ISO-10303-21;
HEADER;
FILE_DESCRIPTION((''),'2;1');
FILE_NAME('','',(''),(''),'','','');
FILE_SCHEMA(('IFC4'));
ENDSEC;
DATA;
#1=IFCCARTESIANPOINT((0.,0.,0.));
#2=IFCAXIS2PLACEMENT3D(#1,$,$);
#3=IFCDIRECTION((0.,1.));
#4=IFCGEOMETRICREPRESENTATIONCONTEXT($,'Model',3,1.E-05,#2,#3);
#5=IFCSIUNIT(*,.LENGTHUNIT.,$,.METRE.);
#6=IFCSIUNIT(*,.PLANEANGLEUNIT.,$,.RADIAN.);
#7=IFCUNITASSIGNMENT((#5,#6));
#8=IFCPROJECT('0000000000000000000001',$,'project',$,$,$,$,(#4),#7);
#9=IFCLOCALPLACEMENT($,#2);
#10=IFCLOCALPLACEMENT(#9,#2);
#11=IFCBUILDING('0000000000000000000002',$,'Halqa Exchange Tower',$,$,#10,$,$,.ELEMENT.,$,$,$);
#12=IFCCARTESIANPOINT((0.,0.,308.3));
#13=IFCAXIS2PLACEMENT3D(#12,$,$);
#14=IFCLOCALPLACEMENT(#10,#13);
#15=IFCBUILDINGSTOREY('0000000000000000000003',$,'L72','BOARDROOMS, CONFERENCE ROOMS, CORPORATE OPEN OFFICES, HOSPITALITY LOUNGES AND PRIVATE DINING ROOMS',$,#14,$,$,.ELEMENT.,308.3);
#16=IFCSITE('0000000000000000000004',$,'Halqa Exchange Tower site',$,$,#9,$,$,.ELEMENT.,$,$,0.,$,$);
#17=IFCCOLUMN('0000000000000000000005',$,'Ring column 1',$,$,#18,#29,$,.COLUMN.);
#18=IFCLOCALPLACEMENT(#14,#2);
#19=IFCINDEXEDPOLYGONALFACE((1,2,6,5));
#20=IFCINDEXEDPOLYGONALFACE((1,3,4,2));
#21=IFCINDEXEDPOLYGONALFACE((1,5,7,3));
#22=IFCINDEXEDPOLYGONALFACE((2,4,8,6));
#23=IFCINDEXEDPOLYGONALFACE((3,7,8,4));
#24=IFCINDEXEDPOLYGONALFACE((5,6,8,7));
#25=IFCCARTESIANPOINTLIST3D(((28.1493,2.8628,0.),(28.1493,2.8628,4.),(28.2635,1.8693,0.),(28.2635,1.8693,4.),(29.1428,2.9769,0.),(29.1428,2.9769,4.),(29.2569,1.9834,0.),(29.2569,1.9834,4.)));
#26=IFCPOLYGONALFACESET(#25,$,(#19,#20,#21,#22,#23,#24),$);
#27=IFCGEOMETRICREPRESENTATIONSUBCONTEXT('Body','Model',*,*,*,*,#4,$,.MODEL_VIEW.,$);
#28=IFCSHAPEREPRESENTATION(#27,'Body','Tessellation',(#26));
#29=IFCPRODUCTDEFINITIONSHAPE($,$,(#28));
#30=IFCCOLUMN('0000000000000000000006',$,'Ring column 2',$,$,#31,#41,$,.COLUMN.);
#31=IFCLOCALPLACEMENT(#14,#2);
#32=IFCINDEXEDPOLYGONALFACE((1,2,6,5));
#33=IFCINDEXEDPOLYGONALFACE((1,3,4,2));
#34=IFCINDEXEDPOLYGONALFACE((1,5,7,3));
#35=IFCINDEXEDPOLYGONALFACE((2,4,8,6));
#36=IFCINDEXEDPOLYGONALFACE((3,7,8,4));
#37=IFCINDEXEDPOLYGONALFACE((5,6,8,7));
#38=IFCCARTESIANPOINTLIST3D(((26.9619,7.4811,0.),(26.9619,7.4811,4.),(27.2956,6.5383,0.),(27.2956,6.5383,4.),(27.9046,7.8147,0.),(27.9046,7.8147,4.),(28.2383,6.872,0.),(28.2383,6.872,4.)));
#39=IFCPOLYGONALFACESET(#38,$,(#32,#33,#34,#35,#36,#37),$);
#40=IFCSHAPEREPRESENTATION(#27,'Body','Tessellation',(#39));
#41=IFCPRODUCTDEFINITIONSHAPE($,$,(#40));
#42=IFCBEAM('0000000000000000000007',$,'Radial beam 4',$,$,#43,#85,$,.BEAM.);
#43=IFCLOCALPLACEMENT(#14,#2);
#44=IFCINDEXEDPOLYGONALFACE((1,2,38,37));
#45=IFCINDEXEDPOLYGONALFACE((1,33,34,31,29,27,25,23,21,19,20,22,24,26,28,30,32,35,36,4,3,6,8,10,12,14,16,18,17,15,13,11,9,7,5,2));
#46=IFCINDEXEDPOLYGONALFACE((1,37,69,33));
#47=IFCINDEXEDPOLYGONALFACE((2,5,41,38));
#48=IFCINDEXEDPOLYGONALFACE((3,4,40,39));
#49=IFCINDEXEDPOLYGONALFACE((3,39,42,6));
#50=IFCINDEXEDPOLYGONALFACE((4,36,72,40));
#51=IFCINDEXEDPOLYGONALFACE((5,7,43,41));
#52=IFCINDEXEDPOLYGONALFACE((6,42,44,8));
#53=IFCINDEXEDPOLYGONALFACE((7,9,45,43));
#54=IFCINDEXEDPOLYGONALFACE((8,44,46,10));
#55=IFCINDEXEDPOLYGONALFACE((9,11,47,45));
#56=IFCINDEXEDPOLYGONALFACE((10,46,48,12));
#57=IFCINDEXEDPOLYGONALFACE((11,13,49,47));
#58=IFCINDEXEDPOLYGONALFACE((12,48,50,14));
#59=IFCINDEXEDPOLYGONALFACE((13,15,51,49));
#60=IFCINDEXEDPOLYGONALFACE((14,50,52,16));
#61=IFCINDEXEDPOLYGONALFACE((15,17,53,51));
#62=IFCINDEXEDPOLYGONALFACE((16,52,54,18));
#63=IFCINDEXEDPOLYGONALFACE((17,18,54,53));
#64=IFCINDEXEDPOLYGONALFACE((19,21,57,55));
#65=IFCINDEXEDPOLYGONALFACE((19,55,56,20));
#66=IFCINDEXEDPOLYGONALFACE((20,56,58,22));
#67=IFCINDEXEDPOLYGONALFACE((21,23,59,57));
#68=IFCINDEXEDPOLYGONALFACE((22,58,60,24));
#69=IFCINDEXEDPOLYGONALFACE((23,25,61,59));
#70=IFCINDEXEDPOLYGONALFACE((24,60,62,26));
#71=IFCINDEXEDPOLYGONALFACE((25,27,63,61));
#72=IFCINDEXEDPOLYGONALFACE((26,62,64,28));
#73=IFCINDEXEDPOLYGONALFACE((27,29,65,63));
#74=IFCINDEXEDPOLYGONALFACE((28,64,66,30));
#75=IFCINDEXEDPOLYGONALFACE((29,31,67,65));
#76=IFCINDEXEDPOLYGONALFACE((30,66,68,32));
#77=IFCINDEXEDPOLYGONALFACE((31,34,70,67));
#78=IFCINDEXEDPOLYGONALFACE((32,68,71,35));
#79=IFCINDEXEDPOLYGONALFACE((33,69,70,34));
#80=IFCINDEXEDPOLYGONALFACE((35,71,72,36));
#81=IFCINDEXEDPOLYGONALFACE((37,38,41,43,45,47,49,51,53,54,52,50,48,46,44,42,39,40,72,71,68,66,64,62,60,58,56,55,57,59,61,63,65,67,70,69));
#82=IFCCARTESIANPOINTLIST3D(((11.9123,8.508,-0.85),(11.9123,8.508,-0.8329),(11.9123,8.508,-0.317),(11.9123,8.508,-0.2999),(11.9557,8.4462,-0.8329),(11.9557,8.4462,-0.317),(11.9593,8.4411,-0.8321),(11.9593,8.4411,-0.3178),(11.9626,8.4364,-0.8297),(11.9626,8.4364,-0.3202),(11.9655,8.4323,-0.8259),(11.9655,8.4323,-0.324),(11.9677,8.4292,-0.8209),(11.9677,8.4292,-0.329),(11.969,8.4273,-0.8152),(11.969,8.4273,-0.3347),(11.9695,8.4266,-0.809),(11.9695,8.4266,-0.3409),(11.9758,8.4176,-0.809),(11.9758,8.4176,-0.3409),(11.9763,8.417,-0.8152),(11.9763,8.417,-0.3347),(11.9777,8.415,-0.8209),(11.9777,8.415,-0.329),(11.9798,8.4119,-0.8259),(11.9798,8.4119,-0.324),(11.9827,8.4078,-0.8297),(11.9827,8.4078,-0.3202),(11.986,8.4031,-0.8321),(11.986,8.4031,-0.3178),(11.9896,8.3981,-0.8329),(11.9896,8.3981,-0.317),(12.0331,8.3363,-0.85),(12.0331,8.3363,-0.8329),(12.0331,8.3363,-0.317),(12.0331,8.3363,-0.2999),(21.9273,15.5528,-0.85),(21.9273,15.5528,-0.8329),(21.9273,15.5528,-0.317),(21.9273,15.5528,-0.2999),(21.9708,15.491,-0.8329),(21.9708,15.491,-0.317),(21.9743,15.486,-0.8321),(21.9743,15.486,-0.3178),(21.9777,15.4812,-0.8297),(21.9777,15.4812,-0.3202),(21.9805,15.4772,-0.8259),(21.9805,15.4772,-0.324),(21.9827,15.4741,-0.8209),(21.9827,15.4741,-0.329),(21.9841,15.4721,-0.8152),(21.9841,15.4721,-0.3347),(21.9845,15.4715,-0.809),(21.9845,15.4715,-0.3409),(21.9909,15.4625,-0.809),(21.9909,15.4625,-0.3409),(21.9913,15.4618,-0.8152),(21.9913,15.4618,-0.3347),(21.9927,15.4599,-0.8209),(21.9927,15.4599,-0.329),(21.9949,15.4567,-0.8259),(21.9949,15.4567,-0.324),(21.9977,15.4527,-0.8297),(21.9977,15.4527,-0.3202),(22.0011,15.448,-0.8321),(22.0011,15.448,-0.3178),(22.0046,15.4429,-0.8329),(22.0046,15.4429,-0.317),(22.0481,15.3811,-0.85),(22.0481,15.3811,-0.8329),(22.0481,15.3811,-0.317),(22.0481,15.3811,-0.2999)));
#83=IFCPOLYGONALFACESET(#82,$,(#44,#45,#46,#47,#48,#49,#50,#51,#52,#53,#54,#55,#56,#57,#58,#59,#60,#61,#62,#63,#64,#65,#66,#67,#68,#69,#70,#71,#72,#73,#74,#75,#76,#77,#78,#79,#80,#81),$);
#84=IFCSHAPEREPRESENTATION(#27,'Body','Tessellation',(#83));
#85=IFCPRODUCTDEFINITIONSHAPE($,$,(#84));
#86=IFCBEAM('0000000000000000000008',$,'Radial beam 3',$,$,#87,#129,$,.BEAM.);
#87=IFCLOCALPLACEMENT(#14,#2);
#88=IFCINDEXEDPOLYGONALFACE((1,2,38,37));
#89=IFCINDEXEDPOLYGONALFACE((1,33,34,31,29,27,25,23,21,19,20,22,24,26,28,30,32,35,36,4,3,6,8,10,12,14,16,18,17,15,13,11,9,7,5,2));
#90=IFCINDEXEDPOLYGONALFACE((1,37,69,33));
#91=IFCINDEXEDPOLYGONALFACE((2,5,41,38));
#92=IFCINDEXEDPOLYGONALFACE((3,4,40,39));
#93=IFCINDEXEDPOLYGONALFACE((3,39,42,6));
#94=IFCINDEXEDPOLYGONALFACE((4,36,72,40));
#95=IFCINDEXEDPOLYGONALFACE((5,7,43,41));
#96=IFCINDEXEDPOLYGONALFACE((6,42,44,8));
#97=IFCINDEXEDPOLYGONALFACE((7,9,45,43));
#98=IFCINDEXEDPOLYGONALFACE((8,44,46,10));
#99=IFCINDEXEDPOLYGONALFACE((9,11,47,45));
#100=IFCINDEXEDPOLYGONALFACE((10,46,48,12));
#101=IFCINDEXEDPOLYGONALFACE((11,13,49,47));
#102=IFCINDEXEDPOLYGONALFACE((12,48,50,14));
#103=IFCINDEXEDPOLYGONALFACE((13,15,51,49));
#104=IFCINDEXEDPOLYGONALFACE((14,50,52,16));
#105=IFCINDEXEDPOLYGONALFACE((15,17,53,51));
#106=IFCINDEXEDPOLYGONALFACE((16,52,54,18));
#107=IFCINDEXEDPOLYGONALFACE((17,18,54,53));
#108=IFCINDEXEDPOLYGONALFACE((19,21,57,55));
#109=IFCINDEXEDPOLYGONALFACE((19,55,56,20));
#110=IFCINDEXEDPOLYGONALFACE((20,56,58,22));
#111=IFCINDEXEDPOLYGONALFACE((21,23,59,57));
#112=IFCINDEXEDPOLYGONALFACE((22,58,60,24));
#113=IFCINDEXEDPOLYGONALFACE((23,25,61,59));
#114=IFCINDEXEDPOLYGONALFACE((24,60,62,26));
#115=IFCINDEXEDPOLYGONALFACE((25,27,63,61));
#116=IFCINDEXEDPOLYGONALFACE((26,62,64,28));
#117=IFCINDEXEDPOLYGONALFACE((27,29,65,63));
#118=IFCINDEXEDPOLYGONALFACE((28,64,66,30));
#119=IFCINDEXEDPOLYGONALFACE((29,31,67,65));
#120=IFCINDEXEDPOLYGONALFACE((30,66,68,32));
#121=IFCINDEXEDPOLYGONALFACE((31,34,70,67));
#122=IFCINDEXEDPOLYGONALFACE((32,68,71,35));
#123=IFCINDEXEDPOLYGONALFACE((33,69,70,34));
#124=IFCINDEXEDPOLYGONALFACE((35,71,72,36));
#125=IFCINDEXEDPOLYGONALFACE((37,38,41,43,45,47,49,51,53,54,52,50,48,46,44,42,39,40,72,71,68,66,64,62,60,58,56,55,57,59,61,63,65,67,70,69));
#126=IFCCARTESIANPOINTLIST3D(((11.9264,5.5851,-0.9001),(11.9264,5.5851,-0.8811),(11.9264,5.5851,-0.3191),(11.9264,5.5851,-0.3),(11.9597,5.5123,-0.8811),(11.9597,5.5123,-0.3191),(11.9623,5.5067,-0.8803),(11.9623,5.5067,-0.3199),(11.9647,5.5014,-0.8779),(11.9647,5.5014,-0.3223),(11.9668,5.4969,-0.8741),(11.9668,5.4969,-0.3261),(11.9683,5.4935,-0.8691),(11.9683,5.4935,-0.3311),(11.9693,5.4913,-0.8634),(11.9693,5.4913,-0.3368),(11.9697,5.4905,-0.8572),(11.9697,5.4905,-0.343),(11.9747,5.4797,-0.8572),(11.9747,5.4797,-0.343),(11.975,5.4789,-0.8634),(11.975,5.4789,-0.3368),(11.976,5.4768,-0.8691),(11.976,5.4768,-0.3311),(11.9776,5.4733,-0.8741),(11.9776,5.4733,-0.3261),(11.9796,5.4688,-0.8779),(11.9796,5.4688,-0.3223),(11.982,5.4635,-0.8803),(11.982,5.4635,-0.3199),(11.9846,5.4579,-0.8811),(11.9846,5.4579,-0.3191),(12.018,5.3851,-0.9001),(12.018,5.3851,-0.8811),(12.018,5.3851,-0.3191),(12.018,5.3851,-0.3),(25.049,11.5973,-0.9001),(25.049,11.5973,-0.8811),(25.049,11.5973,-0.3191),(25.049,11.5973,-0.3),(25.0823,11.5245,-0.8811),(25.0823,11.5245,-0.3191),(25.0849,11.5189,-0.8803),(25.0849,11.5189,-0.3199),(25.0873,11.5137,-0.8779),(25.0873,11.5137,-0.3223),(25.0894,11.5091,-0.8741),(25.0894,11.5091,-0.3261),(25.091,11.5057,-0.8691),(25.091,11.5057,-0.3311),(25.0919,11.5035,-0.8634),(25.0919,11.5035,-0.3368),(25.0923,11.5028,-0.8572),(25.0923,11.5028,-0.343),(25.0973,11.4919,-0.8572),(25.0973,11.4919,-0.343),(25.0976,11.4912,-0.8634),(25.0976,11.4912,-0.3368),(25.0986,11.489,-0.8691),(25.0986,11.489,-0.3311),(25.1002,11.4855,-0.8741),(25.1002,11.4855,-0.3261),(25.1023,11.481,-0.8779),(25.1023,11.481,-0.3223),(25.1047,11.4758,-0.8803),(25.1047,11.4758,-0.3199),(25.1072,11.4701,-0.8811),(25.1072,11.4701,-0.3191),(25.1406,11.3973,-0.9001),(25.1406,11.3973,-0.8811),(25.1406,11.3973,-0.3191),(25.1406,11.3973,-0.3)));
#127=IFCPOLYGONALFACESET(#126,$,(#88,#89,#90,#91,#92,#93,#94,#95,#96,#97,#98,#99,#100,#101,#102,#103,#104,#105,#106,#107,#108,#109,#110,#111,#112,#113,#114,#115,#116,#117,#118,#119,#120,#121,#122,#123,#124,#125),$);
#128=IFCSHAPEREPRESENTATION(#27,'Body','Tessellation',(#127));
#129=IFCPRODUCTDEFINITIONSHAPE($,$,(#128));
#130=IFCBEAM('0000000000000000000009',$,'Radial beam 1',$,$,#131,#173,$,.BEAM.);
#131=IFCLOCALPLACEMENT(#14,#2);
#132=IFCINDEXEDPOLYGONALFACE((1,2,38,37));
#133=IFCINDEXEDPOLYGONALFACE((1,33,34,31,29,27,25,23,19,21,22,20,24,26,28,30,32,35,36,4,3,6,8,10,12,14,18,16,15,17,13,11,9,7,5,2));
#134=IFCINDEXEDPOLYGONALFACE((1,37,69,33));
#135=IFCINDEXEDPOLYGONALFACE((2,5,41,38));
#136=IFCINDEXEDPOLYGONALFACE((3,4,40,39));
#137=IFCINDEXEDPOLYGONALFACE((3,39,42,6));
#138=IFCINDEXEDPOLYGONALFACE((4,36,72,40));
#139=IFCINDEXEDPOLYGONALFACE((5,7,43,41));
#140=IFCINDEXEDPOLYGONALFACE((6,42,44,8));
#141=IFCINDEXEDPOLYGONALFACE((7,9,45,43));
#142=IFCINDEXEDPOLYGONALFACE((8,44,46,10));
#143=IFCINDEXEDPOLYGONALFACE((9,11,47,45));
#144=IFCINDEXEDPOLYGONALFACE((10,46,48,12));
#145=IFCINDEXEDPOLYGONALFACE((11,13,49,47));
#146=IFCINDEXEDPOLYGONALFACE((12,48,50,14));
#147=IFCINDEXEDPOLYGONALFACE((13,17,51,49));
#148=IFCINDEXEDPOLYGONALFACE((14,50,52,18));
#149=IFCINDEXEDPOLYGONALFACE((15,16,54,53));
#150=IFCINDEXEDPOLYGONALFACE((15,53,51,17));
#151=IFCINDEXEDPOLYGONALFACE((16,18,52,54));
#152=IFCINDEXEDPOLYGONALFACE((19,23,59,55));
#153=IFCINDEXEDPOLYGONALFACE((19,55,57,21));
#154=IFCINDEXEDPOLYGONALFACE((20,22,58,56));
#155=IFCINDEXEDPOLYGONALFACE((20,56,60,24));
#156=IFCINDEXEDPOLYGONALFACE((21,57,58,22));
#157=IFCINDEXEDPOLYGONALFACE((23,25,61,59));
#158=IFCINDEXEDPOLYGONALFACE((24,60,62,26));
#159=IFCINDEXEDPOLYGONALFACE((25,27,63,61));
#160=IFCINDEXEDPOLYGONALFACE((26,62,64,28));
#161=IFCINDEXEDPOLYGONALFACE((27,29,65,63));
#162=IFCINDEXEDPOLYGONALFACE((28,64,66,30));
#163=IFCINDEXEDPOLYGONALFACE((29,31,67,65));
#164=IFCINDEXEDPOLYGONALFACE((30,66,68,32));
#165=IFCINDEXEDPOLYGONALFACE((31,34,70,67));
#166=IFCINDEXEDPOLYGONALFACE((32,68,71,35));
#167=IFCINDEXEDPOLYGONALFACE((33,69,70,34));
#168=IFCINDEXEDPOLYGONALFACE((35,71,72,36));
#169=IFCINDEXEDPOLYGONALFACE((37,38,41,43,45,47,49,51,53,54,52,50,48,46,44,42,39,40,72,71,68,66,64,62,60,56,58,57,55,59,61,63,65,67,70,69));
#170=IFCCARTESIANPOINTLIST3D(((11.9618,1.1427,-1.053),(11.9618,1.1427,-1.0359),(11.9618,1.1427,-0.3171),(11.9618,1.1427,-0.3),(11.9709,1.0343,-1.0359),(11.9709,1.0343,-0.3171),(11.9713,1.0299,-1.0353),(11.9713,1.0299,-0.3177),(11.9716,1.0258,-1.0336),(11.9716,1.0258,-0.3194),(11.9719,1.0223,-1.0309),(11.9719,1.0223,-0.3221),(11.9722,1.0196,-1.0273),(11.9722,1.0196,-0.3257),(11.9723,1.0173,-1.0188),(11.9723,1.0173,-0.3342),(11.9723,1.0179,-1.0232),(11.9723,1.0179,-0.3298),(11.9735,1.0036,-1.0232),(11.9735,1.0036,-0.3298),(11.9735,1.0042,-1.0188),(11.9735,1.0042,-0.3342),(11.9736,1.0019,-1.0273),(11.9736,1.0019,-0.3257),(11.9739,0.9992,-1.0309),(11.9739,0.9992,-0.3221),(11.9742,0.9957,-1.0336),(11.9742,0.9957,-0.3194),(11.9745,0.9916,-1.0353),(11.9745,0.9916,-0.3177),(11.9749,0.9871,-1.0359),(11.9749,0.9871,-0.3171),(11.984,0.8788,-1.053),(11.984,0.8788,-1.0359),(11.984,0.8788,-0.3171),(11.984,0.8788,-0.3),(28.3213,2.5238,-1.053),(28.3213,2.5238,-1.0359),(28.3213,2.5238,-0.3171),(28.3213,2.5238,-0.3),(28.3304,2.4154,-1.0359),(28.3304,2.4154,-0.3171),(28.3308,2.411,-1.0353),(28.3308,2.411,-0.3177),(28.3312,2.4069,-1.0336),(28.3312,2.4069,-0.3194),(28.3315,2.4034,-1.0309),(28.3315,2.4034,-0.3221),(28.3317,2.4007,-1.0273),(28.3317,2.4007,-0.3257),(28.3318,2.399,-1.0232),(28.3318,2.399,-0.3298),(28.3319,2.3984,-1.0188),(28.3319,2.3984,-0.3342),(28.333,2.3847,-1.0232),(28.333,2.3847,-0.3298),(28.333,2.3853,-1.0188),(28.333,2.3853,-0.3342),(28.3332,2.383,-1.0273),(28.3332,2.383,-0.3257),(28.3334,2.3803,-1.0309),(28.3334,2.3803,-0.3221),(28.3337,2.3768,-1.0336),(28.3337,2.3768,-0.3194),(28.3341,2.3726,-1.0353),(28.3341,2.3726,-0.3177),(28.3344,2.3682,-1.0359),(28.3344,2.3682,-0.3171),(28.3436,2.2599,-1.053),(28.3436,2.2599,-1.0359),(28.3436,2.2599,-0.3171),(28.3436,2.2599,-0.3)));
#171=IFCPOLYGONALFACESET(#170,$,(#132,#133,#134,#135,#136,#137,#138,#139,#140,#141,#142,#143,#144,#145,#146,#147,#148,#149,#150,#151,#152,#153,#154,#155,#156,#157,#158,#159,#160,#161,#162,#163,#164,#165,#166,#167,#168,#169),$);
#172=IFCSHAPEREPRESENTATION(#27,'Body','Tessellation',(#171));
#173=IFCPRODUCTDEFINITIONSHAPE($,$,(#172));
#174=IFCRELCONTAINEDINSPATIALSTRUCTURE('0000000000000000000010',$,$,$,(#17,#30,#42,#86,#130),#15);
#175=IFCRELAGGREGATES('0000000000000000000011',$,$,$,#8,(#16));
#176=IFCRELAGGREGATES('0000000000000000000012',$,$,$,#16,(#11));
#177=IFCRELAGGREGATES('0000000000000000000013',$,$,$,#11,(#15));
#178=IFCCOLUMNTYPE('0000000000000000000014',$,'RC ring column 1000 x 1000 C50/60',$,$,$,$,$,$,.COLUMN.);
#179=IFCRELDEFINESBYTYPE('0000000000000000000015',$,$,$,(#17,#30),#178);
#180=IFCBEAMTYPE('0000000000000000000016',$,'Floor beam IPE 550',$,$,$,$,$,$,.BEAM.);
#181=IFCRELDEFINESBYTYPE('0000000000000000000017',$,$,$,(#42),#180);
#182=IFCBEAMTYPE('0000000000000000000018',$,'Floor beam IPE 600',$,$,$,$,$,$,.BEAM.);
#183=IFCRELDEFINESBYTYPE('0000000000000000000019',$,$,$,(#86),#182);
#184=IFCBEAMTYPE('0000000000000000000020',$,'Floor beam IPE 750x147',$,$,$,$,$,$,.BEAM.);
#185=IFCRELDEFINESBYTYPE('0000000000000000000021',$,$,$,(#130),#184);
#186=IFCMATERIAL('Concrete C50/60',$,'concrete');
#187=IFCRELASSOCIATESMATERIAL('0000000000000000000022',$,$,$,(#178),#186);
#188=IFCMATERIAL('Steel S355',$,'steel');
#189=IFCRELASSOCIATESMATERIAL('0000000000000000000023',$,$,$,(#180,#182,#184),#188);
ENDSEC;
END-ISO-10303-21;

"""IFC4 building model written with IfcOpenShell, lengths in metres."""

from ifc_helpers import new_model, si_unit, direction, frame, origin, origin_2d, place, context, subcontext, project, spatial, rectangle, i_section, extrude, material, material_profile, profile_set, type_object, element, save


model = new_model("IFC4")

# Units and contexts
model_context = context("Model", 3, precision=1e-05, world=origin(), true_north=direction((0.0, 1.0)))
body_context = subcontext(model_context, "Body", "Model", "MODEL_VIEW")
ifc_project = project(units=[si_unit("LENGTHUNIT", "METRE"), si_unit("PLANEANGLEUNIT", "RADIAN")], contexts=[model_context])

# Site, building, storey
site_placement = place(None, origin())
site = spatial("IfcSite", under=ifc_project, at=site_placement, Name="Halqa Exchange Tower site", CompositionType="ELEMENT", RefElevation=0.0)
building_placement = place(site_placement, origin())
building = spatial("IfcBuilding", under=site, at=building_placement, Name="Halqa Exchange Tower", CompositionType="ELEMENT")
storey_placement = place(building_placement, frame((0.0, 0.0, 308.3)))
storey = spatial("IfcBuildingStorey", under=building, at=storey_placement, Name="L72", Description="BOARDROOMS, CONFERENCE ROOMS, CORPORATE OPEN OFFICES, HOSPITALITY LOUNGES AND PRIVATE DINING ROOMS", CompositionType="ELEMENT", Elevation=308.3)

# Columns
ifc_material_1 = material(Name="Concrete C50/60", Category="concrete")
ifc_material_profile_1 = material_profile(ifc_material_1, rectangle(XDim=1.0, YDim=1.0, at=origin_2d()), Name="1000 x 1000")
ifc_profile_set_1 = profile_set([ifc_material_profile_1], Name="Concrete C50/60")
column_type = type_object("IfcColumnType", Name="RC ring column 1000 x 1000 C50/60", PredefinedType="COLUMN", material=ifc_profile_set_1)
for number, where, z_axis, x_axis, name in (
    (1, (28.7031, 2.4231, 0.0), (0.0, 0.0, 1.0), (-0.11415, 0.993464, 0.0), "Ring column 1"),
    (2, (27.6001, 7.1765, 0.0), (0.0, 0.0, 1.0), (-0.333623, 0.942707, 0.0), "Ring column 2"),
):
    element("IfcColumn", number, at=place(storey_placement, frame(where, z_axis=z_axis, x_axis=x_axis)), inside=storey, type_object=column_type, Name=name, PredefinedType="COLUMN", context=body_context, shape_type="SweptSolid", body=[
        extrude(rectangle(XDim=1.0, YDim=1.0, at=origin_2d()), origin(), (0.0, 0.0, 1.0), 4.0),
    ])

# Beams
ifc_material_2 = material(Name="Steel S355", Category="steel")
ifc_material_profile_2 = material_profile(ifc_material_2, i_section(OverallWidth=0.21, OverallDepth=0.55, WebThickness=0.011, FlangeThickness=0.0171, FilletRadius=0.0239, at=origin_2d()), Name="IPE 550")
ifc_profile_set_2 = profile_set([ifc_material_profile_2], Name="Steel S355")
beam_type_1 = type_object("IfcBeamType", Name="Floor beam IPE 550", PredefinedType="BEAM", material=ifc_profile_set_2)
beam_1_placement = place(storey_placement, frame((11.9727, 8.4221, -0.575), z_axis=(0.817913, 0.575342, 0.0), x_axis=(-0.575342, 0.817913, 0.0)))
element("IfcBeam", 3, at=beam_1_placement, inside=storey, type_object=beam_type_1, Name="Radial beam 4", PredefinedType="BEAM", context=body_context, shape_type="SweptSolid", body=[
    extrude(i_section(OverallWidth=0.21, OverallDepth=0.55, WebThickness=0.011, FlangeThickness=0.0171, FilletRadius=0.0239, at=origin_2d()), origin(), (0.0, 0.0, 1.0), 12.2446),
])
ifc_material_profile_3 = material_profile(ifc_material_2, i_section(OverallWidth=0.22, OverallDepth=0.6001, WebThickness=0.012, FlangeThickness=0.019, FilletRadius=0.0239, at=origin_2d()), Name="IPE 600")
ifc_profile_set_3 = profile_set([ifc_material_profile_3], Name="Steel S355")
beam_type_2 = type_object("IfcBeamType", Name="Floor beam IPE 600", PredefinedType="BEAM", material=ifc_profile_set_3)
beam_2_placement = place(storey_placement, frame((11.9722, 5.4851, -0.6001), z_axis=(0.909125, 0.416523, 0.0), x_axis=(-0.416523, 0.909125, 0.0)))
element("IfcBeam", 4, at=beam_2_placement, inside=storey, type_object=beam_type_2, Name="Radial beam 3", PredefinedType="BEAM", context=body_context, shape_type="SweptSolid", body=[
    extrude(i_section(OverallWidth=0.22, OverallDepth=0.6001, WebThickness=0.012, FlangeThickness=0.019, FilletRadius=0.0239, at=origin_2d()), origin(), (0.0, 0.0, 1.0), 14.4343),
])
ifc_material_profile_4 = material_profile(ifc_material_2, i_section(OverallWidth=0.2649, OverallDepth=0.7529, WebThickness=0.0132, FlangeThickness=0.0171, FilletRadius=0.0171, at=origin_2d()), Name="IPE 750x147")
ifc_profile_set_4 = profile_set([ifc_material_profile_4], Name="Steel S355")
beam_type_3 = type_object("IfcBeamType", Name="Floor beam IPE 750x147", PredefinedType="BEAM", material=ifc_profile_set_4)
beam_3_placement = place(storey_placement, frame((11.9729, 1.0107, -0.6765), z_axis=(0.996455, 0.084122, 0.0), x_axis=(-0.084122, 0.996455, 0.0)))
element("IfcBeam", 5, at=beam_3_placement, inside=storey, type_object=beam_type_3, Name="Radial beam 1", PredefinedType="BEAM", context=body_context, shape_type="SweptSolid", body=[
    extrude(i_section(OverallWidth=0.2649, OverallDepth=0.7529, WebThickness=0.0132, FlangeThickness=0.0171, FilletRadius=0.0171, at=origin_2d()), origin(), (0.0, 0.0, 1.0), 16.4177),
])

save(model, "model.ifc")
